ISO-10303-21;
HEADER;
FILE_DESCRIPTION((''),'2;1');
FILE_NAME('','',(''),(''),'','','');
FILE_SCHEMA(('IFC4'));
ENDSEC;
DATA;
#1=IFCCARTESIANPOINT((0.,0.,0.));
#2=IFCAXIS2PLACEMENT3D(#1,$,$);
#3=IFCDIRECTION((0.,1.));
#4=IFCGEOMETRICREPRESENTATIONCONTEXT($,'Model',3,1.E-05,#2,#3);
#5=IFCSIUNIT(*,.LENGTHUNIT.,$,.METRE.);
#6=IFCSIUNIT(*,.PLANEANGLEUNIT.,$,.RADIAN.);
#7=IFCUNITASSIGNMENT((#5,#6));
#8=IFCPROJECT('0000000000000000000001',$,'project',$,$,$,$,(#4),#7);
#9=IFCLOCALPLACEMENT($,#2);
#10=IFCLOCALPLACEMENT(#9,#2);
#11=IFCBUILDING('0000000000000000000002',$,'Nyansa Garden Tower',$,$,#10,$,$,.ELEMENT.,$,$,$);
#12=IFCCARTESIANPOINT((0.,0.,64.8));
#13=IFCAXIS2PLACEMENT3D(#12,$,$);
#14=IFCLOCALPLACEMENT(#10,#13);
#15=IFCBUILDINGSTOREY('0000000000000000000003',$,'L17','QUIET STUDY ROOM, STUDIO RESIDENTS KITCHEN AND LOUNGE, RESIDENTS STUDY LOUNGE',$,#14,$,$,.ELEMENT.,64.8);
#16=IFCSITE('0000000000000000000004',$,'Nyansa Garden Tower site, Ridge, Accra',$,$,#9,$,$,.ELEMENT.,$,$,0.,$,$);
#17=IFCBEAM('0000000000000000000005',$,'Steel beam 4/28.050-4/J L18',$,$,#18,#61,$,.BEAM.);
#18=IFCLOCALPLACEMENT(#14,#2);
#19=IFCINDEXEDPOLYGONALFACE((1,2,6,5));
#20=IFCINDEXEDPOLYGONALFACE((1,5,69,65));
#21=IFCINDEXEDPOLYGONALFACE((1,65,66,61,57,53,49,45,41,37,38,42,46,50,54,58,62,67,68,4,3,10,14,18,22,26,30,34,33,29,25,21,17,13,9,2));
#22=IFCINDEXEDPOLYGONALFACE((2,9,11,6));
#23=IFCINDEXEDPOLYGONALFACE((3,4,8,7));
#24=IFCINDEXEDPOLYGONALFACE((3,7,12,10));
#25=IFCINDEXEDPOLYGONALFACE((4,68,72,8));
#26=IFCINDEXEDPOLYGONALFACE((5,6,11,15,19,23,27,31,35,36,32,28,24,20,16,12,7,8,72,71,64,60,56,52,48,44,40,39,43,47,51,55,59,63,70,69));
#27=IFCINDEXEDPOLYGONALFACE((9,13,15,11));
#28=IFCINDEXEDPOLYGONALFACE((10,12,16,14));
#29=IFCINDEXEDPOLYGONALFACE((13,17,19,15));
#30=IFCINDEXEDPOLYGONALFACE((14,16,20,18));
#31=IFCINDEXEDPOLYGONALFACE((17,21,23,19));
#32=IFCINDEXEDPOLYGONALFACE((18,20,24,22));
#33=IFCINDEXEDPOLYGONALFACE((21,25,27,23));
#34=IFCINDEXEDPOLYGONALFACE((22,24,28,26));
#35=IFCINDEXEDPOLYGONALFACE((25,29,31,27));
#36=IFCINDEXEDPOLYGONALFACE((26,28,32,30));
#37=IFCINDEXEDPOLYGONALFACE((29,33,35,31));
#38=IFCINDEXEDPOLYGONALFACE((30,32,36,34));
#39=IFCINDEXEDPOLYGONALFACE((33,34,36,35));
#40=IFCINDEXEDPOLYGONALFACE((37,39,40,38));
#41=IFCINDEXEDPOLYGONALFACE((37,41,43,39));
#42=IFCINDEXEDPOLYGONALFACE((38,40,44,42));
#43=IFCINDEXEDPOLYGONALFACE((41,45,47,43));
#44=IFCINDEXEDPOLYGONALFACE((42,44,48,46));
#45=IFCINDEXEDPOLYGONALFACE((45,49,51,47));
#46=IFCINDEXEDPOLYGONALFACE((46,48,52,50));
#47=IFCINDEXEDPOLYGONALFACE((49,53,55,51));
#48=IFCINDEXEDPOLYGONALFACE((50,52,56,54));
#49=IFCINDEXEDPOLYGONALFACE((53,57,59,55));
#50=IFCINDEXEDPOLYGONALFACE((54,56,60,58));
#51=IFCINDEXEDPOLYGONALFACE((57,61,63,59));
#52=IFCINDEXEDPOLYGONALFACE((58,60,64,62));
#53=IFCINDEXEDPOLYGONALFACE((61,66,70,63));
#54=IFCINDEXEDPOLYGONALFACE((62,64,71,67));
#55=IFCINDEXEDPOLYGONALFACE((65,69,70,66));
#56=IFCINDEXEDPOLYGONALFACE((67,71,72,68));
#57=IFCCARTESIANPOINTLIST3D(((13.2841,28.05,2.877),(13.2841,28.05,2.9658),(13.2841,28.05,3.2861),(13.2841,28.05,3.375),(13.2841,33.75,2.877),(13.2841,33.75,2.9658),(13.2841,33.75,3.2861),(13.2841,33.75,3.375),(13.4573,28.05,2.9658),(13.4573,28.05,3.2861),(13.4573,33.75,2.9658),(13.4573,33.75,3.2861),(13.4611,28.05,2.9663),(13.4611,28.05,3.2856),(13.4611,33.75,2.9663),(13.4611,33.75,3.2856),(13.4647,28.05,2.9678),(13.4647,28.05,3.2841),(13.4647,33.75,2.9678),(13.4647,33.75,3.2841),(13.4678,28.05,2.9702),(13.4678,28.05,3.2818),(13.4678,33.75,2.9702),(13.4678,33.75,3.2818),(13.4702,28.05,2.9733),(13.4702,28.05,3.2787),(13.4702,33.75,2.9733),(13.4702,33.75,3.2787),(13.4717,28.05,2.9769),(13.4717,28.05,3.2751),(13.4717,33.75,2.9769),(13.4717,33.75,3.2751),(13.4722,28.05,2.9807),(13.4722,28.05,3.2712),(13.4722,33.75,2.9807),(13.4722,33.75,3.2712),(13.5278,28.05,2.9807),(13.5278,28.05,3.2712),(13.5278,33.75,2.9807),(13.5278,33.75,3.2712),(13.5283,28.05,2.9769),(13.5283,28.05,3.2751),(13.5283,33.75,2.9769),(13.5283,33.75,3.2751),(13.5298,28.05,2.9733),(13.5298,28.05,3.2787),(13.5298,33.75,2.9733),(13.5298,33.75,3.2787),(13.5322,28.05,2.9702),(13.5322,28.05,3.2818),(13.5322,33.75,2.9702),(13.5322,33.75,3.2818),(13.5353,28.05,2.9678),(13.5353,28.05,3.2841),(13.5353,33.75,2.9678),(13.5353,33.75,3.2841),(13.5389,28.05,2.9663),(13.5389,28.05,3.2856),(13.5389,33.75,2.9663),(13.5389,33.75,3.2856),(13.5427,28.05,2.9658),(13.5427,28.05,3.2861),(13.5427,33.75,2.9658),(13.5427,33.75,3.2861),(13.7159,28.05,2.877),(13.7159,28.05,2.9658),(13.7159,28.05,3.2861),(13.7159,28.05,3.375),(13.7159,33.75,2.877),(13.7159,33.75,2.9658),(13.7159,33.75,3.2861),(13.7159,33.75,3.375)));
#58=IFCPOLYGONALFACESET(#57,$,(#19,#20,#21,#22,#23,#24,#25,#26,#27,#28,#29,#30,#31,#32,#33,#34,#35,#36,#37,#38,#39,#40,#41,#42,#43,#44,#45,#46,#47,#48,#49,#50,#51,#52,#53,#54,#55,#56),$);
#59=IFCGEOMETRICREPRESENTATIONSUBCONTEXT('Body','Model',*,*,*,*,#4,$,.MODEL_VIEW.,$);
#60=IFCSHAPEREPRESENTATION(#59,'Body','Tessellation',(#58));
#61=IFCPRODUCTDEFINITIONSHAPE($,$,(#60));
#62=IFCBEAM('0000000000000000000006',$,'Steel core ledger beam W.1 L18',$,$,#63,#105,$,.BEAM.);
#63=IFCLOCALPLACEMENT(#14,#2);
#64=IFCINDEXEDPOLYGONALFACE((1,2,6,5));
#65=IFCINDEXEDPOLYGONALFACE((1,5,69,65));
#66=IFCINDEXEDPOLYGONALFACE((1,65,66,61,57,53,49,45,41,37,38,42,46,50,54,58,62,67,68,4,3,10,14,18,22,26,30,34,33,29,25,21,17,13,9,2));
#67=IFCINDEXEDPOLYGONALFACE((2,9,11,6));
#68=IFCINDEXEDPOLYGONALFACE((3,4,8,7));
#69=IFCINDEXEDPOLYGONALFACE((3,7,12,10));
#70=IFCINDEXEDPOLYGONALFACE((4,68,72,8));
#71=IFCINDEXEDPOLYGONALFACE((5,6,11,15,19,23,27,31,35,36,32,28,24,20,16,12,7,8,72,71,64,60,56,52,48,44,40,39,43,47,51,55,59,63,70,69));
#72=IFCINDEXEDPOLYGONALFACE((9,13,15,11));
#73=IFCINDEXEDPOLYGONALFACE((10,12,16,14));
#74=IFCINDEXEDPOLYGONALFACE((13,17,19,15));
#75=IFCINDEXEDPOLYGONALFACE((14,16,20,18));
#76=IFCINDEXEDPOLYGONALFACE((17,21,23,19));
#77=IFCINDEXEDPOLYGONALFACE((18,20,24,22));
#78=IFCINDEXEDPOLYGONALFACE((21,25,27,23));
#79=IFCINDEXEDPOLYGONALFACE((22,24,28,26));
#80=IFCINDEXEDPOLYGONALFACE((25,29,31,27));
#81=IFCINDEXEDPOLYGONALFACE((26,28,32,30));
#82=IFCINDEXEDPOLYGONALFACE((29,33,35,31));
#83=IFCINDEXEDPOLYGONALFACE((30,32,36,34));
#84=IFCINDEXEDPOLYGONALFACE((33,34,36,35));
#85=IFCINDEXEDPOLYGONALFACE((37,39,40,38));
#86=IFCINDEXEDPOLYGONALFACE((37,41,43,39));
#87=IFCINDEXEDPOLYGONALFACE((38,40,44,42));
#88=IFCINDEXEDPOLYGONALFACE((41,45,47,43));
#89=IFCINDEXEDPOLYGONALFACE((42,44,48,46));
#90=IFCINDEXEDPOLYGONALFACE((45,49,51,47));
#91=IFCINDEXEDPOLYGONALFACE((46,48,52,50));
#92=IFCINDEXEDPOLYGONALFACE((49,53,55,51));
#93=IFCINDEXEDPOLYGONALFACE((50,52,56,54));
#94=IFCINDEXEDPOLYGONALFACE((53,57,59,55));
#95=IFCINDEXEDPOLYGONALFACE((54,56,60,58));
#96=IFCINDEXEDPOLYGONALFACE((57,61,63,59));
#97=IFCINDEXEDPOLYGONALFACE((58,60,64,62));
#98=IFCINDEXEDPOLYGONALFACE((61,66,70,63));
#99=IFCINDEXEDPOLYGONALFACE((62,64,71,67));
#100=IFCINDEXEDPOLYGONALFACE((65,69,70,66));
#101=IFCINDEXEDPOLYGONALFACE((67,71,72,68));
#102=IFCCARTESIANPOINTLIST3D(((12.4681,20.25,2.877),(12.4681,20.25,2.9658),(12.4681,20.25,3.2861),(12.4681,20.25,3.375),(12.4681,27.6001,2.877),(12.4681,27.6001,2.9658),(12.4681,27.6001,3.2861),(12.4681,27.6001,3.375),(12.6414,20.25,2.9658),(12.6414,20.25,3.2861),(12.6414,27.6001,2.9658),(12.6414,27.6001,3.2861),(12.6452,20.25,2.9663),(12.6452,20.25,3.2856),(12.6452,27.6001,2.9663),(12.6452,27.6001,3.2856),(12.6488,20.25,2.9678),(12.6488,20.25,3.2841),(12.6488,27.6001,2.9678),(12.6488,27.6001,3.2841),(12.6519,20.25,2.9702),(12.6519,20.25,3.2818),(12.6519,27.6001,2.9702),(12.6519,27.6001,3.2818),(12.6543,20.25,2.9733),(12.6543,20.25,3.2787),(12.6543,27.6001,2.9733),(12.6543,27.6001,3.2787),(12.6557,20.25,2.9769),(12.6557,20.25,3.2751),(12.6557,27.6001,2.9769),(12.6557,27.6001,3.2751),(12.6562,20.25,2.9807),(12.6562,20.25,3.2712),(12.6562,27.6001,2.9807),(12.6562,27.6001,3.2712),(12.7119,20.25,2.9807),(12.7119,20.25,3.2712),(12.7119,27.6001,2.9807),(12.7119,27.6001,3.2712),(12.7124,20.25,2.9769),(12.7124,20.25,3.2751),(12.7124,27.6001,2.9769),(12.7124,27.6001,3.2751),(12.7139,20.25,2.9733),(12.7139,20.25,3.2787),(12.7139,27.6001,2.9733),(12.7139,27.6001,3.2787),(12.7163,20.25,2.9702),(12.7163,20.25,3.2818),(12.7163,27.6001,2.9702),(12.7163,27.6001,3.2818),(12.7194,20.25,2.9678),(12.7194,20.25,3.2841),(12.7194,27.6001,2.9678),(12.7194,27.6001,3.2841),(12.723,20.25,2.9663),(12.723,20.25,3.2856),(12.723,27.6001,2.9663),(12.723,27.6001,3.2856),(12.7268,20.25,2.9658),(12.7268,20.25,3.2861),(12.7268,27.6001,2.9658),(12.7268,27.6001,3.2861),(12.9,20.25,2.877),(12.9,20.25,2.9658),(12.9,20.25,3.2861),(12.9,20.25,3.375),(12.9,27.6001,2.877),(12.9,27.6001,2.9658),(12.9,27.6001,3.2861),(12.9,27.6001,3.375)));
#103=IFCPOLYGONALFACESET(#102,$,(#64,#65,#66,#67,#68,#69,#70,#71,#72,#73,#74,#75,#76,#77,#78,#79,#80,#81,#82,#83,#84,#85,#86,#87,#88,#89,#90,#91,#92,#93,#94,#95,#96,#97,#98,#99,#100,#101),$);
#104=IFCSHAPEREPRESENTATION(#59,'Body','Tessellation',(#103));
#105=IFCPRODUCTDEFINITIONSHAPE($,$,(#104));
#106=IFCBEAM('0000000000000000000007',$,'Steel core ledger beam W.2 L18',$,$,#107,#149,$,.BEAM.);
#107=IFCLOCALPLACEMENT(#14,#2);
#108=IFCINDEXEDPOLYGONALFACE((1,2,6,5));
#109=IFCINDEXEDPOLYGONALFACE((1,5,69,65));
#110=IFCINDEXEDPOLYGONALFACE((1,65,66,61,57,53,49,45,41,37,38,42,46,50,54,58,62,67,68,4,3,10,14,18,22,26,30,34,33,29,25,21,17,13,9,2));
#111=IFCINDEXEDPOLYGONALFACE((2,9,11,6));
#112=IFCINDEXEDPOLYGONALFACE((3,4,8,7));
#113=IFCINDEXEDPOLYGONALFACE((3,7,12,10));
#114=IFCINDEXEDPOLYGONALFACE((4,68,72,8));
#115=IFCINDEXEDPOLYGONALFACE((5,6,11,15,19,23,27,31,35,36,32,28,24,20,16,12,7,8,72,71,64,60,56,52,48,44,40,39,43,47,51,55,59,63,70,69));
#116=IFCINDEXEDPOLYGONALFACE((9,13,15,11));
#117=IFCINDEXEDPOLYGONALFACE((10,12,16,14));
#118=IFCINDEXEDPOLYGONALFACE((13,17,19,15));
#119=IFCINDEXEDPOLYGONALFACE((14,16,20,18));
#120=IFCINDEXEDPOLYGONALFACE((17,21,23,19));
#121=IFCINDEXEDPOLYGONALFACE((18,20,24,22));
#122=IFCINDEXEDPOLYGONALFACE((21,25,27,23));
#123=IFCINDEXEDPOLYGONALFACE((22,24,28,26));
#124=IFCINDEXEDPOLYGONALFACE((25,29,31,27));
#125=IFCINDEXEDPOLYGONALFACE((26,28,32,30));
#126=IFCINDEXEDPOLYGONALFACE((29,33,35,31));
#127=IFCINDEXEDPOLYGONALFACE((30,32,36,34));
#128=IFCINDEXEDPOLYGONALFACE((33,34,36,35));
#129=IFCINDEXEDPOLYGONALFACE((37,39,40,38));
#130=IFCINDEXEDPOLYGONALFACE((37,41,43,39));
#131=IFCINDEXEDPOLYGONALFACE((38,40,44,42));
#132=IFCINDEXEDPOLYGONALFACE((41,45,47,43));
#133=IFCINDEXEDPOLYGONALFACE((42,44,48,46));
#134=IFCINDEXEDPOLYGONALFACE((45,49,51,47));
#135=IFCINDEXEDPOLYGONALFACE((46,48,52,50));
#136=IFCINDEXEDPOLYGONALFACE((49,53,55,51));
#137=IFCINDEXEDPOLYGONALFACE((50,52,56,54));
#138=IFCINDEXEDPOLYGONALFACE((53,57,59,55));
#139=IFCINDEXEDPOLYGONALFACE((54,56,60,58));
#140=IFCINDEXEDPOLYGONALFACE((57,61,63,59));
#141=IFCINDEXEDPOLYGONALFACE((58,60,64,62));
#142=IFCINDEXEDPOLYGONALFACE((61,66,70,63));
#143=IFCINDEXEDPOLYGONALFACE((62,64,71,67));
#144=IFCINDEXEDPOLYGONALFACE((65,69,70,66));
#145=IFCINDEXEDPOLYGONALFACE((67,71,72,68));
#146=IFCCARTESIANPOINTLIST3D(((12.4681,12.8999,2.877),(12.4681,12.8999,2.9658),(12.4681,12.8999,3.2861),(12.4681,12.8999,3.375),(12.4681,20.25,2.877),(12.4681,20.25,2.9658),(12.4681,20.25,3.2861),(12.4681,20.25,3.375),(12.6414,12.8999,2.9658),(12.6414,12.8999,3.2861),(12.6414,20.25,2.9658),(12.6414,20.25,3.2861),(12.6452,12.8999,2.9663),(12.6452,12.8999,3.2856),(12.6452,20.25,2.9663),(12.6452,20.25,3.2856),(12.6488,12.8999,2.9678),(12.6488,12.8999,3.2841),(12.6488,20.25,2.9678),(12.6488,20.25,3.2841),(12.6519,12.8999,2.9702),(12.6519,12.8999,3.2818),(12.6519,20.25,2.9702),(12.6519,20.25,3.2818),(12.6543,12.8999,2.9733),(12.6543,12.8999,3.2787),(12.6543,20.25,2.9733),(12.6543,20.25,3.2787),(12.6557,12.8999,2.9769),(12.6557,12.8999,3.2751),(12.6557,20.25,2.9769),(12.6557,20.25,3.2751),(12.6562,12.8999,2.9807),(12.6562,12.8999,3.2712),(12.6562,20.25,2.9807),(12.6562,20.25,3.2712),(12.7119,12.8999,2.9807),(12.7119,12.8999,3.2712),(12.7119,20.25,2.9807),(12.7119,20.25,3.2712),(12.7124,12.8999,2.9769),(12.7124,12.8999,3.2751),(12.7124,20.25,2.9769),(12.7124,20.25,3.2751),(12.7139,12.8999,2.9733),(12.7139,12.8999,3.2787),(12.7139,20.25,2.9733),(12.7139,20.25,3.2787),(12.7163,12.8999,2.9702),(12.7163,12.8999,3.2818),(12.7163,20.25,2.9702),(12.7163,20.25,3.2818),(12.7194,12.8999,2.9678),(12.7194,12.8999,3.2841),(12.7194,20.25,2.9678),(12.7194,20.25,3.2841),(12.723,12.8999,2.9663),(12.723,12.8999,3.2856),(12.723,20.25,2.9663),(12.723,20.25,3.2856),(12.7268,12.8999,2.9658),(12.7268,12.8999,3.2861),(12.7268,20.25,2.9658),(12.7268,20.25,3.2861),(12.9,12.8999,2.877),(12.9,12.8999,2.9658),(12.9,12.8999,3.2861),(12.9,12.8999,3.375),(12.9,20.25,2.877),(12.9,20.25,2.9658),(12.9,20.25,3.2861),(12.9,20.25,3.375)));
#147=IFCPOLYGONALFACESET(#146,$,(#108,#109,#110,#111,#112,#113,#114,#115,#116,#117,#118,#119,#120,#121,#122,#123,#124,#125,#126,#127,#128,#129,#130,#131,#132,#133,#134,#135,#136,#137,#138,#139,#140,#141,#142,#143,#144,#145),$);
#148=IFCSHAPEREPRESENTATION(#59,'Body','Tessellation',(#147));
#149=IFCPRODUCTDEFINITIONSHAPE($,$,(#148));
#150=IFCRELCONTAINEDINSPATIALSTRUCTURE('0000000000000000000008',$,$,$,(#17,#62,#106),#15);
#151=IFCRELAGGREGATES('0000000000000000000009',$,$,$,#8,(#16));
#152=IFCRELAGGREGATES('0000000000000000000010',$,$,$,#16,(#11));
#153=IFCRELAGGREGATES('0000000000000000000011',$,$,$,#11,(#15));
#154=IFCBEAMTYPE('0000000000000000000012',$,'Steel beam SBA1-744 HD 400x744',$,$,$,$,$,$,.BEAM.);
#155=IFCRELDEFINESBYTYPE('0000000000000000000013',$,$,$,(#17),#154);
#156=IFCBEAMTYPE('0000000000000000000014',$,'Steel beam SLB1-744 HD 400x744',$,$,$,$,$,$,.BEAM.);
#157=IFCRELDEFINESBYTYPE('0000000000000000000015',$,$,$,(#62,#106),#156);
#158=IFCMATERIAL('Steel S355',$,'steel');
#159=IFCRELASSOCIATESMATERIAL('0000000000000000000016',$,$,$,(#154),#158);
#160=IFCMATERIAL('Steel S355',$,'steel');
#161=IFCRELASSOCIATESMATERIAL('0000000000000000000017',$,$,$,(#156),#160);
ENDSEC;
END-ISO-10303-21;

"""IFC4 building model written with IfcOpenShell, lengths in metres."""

from ifc_helpers import new_model, si_unit, direction, frame, origin, origin_2d, place, context, subcontext, project, spatial, i_section, extrude, material, material_profile, profile_set, type_object, element, save


model = new_model("IFC4")

# Units and contexts
model_context = context("Model", 3, precision=1e-05, world=origin(), true_north=direction((0.0, 1.0)))
body_context = subcontext(model_context, "Body", "Model", "MODEL_VIEW")
ifc_project = project(units=[si_unit("LENGTHUNIT", "METRE"), si_unit("PLANEANGLEUNIT", "RADIAN")], contexts=[model_context])

# Site, building, storey
site_placement = place(None, origin())
site = spatial("IfcSite", under=ifc_project, at=site_placement, Name="Nyansa Garden Tower site, Ridge, Accra", CompositionType="ELEMENT", RefElevation=0.0)
building_placement = place(site_placement, origin())
building = spatial("IfcBuilding", under=site, at=building_placement, Name="Nyansa Garden Tower", CompositionType="ELEMENT")
storey_placement = place(building_placement, frame((0.0, 0.0, 64.8)))
storey = spatial("IfcBuildingStorey", under=building, at=storey_placement, Name="L17", Description="QUIET STUDY ROOM, STUDIO RESIDENTS KITCHEN AND LOUNGE, RESIDENTS STUDY LOUNGE", CompositionType="ELEMENT", Elevation=64.8)

# Beams
ifc_material_1 = material(Name="Steel S355", Category="steel")
ifc_material_profile_1 = material_profile(ifc_material_1, i_section(OverallWidth=0.4319, OverallDepth=0.498, WebThickness=0.0557, FlangeThickness=0.0889, FilletRadius=0.0149, at=origin_2d()), Name="HD 400x744")
ifc_profile_set_1 = profile_set([ifc_material_profile_1], Name="Steel S355")
beam_type_1 = type_object("IfcBeamType", Name="Steel beam SBA1-744 HD 400x744", PredefinedType="BEAM", material=ifc_profile_set_1)
for number, where, z_axis, x_axis, name in (
    (1, (13.5, 28.05, 3.126), (0.0, 1.0, 0.0), (-1.0, 0.0, 0.0), "Steel beam 4/28.050-4/J L18"),
):
    element("IfcBeam", number, at=place(storey_placement, frame(where, z_axis=z_axis, x_axis=x_axis)), inside=storey, type_object=beam_type_1, Name=name, PredefinedType="BEAM", context=body_context, shape_type="SweptSolid", body=[
        extrude(i_section(OverallWidth=0.4319, OverallDepth=0.498, WebThickness=0.0557, FlangeThickness=0.0889, FilletRadius=0.0149, at=origin_2d()), origin(), (0.0, 0.0, 1.0), 5.7),
    ])
ifc_material_2 = material(Name="Steel S355", Category="steel")
ifc_material_profile_2 = material_profile(ifc_material_2, i_section(OverallWidth=0.4319, OverallDepth=0.498, WebThickness=0.0557, FlangeThickness=0.0889, FilletRadius=0.0149, at=origin_2d()), Name="HD 400x744")
ifc_profile_set_2 = profile_set([ifc_material_profile_2], Name="Steel S355")
beam_type_2 = type_object("IfcBeamType", Name="Steel beam SLB1-744 HD 400x744", PredefinedType="BEAM", material=ifc_profile_set_2)
for number, where, z_axis, x_axis, name in (
    (2, (12.6841, 27.6001, 3.126), (0.0, -1.0, 0.0), (1.0, 0.0, 0.0), "Steel core ledger beam W.1 L18"),
    (3, (12.6841, 20.25, 3.126), (0.0, -1.0, 0.0), (1.0, 0.0, 0.0), "Steel core ledger beam W.2 L18"),
):
    element("IfcBeam", number, at=place(storey_placement, frame(where, z_axis=z_axis, x_axis=x_axis)), inside=storey, type_object=beam_type_2, Name=name, PredefinedType="BEAM", context=body_context, shape_type="SweptSolid", body=[
        extrude(i_section(OverallWidth=0.4319, OverallDepth=0.498, WebThickness=0.0557, FlangeThickness=0.0889, FilletRadius=0.0149, at=origin_2d()), origin(), (0.0, 0.0, 1.0), 7.3501),
    ])

save(model, "model.ifc")
